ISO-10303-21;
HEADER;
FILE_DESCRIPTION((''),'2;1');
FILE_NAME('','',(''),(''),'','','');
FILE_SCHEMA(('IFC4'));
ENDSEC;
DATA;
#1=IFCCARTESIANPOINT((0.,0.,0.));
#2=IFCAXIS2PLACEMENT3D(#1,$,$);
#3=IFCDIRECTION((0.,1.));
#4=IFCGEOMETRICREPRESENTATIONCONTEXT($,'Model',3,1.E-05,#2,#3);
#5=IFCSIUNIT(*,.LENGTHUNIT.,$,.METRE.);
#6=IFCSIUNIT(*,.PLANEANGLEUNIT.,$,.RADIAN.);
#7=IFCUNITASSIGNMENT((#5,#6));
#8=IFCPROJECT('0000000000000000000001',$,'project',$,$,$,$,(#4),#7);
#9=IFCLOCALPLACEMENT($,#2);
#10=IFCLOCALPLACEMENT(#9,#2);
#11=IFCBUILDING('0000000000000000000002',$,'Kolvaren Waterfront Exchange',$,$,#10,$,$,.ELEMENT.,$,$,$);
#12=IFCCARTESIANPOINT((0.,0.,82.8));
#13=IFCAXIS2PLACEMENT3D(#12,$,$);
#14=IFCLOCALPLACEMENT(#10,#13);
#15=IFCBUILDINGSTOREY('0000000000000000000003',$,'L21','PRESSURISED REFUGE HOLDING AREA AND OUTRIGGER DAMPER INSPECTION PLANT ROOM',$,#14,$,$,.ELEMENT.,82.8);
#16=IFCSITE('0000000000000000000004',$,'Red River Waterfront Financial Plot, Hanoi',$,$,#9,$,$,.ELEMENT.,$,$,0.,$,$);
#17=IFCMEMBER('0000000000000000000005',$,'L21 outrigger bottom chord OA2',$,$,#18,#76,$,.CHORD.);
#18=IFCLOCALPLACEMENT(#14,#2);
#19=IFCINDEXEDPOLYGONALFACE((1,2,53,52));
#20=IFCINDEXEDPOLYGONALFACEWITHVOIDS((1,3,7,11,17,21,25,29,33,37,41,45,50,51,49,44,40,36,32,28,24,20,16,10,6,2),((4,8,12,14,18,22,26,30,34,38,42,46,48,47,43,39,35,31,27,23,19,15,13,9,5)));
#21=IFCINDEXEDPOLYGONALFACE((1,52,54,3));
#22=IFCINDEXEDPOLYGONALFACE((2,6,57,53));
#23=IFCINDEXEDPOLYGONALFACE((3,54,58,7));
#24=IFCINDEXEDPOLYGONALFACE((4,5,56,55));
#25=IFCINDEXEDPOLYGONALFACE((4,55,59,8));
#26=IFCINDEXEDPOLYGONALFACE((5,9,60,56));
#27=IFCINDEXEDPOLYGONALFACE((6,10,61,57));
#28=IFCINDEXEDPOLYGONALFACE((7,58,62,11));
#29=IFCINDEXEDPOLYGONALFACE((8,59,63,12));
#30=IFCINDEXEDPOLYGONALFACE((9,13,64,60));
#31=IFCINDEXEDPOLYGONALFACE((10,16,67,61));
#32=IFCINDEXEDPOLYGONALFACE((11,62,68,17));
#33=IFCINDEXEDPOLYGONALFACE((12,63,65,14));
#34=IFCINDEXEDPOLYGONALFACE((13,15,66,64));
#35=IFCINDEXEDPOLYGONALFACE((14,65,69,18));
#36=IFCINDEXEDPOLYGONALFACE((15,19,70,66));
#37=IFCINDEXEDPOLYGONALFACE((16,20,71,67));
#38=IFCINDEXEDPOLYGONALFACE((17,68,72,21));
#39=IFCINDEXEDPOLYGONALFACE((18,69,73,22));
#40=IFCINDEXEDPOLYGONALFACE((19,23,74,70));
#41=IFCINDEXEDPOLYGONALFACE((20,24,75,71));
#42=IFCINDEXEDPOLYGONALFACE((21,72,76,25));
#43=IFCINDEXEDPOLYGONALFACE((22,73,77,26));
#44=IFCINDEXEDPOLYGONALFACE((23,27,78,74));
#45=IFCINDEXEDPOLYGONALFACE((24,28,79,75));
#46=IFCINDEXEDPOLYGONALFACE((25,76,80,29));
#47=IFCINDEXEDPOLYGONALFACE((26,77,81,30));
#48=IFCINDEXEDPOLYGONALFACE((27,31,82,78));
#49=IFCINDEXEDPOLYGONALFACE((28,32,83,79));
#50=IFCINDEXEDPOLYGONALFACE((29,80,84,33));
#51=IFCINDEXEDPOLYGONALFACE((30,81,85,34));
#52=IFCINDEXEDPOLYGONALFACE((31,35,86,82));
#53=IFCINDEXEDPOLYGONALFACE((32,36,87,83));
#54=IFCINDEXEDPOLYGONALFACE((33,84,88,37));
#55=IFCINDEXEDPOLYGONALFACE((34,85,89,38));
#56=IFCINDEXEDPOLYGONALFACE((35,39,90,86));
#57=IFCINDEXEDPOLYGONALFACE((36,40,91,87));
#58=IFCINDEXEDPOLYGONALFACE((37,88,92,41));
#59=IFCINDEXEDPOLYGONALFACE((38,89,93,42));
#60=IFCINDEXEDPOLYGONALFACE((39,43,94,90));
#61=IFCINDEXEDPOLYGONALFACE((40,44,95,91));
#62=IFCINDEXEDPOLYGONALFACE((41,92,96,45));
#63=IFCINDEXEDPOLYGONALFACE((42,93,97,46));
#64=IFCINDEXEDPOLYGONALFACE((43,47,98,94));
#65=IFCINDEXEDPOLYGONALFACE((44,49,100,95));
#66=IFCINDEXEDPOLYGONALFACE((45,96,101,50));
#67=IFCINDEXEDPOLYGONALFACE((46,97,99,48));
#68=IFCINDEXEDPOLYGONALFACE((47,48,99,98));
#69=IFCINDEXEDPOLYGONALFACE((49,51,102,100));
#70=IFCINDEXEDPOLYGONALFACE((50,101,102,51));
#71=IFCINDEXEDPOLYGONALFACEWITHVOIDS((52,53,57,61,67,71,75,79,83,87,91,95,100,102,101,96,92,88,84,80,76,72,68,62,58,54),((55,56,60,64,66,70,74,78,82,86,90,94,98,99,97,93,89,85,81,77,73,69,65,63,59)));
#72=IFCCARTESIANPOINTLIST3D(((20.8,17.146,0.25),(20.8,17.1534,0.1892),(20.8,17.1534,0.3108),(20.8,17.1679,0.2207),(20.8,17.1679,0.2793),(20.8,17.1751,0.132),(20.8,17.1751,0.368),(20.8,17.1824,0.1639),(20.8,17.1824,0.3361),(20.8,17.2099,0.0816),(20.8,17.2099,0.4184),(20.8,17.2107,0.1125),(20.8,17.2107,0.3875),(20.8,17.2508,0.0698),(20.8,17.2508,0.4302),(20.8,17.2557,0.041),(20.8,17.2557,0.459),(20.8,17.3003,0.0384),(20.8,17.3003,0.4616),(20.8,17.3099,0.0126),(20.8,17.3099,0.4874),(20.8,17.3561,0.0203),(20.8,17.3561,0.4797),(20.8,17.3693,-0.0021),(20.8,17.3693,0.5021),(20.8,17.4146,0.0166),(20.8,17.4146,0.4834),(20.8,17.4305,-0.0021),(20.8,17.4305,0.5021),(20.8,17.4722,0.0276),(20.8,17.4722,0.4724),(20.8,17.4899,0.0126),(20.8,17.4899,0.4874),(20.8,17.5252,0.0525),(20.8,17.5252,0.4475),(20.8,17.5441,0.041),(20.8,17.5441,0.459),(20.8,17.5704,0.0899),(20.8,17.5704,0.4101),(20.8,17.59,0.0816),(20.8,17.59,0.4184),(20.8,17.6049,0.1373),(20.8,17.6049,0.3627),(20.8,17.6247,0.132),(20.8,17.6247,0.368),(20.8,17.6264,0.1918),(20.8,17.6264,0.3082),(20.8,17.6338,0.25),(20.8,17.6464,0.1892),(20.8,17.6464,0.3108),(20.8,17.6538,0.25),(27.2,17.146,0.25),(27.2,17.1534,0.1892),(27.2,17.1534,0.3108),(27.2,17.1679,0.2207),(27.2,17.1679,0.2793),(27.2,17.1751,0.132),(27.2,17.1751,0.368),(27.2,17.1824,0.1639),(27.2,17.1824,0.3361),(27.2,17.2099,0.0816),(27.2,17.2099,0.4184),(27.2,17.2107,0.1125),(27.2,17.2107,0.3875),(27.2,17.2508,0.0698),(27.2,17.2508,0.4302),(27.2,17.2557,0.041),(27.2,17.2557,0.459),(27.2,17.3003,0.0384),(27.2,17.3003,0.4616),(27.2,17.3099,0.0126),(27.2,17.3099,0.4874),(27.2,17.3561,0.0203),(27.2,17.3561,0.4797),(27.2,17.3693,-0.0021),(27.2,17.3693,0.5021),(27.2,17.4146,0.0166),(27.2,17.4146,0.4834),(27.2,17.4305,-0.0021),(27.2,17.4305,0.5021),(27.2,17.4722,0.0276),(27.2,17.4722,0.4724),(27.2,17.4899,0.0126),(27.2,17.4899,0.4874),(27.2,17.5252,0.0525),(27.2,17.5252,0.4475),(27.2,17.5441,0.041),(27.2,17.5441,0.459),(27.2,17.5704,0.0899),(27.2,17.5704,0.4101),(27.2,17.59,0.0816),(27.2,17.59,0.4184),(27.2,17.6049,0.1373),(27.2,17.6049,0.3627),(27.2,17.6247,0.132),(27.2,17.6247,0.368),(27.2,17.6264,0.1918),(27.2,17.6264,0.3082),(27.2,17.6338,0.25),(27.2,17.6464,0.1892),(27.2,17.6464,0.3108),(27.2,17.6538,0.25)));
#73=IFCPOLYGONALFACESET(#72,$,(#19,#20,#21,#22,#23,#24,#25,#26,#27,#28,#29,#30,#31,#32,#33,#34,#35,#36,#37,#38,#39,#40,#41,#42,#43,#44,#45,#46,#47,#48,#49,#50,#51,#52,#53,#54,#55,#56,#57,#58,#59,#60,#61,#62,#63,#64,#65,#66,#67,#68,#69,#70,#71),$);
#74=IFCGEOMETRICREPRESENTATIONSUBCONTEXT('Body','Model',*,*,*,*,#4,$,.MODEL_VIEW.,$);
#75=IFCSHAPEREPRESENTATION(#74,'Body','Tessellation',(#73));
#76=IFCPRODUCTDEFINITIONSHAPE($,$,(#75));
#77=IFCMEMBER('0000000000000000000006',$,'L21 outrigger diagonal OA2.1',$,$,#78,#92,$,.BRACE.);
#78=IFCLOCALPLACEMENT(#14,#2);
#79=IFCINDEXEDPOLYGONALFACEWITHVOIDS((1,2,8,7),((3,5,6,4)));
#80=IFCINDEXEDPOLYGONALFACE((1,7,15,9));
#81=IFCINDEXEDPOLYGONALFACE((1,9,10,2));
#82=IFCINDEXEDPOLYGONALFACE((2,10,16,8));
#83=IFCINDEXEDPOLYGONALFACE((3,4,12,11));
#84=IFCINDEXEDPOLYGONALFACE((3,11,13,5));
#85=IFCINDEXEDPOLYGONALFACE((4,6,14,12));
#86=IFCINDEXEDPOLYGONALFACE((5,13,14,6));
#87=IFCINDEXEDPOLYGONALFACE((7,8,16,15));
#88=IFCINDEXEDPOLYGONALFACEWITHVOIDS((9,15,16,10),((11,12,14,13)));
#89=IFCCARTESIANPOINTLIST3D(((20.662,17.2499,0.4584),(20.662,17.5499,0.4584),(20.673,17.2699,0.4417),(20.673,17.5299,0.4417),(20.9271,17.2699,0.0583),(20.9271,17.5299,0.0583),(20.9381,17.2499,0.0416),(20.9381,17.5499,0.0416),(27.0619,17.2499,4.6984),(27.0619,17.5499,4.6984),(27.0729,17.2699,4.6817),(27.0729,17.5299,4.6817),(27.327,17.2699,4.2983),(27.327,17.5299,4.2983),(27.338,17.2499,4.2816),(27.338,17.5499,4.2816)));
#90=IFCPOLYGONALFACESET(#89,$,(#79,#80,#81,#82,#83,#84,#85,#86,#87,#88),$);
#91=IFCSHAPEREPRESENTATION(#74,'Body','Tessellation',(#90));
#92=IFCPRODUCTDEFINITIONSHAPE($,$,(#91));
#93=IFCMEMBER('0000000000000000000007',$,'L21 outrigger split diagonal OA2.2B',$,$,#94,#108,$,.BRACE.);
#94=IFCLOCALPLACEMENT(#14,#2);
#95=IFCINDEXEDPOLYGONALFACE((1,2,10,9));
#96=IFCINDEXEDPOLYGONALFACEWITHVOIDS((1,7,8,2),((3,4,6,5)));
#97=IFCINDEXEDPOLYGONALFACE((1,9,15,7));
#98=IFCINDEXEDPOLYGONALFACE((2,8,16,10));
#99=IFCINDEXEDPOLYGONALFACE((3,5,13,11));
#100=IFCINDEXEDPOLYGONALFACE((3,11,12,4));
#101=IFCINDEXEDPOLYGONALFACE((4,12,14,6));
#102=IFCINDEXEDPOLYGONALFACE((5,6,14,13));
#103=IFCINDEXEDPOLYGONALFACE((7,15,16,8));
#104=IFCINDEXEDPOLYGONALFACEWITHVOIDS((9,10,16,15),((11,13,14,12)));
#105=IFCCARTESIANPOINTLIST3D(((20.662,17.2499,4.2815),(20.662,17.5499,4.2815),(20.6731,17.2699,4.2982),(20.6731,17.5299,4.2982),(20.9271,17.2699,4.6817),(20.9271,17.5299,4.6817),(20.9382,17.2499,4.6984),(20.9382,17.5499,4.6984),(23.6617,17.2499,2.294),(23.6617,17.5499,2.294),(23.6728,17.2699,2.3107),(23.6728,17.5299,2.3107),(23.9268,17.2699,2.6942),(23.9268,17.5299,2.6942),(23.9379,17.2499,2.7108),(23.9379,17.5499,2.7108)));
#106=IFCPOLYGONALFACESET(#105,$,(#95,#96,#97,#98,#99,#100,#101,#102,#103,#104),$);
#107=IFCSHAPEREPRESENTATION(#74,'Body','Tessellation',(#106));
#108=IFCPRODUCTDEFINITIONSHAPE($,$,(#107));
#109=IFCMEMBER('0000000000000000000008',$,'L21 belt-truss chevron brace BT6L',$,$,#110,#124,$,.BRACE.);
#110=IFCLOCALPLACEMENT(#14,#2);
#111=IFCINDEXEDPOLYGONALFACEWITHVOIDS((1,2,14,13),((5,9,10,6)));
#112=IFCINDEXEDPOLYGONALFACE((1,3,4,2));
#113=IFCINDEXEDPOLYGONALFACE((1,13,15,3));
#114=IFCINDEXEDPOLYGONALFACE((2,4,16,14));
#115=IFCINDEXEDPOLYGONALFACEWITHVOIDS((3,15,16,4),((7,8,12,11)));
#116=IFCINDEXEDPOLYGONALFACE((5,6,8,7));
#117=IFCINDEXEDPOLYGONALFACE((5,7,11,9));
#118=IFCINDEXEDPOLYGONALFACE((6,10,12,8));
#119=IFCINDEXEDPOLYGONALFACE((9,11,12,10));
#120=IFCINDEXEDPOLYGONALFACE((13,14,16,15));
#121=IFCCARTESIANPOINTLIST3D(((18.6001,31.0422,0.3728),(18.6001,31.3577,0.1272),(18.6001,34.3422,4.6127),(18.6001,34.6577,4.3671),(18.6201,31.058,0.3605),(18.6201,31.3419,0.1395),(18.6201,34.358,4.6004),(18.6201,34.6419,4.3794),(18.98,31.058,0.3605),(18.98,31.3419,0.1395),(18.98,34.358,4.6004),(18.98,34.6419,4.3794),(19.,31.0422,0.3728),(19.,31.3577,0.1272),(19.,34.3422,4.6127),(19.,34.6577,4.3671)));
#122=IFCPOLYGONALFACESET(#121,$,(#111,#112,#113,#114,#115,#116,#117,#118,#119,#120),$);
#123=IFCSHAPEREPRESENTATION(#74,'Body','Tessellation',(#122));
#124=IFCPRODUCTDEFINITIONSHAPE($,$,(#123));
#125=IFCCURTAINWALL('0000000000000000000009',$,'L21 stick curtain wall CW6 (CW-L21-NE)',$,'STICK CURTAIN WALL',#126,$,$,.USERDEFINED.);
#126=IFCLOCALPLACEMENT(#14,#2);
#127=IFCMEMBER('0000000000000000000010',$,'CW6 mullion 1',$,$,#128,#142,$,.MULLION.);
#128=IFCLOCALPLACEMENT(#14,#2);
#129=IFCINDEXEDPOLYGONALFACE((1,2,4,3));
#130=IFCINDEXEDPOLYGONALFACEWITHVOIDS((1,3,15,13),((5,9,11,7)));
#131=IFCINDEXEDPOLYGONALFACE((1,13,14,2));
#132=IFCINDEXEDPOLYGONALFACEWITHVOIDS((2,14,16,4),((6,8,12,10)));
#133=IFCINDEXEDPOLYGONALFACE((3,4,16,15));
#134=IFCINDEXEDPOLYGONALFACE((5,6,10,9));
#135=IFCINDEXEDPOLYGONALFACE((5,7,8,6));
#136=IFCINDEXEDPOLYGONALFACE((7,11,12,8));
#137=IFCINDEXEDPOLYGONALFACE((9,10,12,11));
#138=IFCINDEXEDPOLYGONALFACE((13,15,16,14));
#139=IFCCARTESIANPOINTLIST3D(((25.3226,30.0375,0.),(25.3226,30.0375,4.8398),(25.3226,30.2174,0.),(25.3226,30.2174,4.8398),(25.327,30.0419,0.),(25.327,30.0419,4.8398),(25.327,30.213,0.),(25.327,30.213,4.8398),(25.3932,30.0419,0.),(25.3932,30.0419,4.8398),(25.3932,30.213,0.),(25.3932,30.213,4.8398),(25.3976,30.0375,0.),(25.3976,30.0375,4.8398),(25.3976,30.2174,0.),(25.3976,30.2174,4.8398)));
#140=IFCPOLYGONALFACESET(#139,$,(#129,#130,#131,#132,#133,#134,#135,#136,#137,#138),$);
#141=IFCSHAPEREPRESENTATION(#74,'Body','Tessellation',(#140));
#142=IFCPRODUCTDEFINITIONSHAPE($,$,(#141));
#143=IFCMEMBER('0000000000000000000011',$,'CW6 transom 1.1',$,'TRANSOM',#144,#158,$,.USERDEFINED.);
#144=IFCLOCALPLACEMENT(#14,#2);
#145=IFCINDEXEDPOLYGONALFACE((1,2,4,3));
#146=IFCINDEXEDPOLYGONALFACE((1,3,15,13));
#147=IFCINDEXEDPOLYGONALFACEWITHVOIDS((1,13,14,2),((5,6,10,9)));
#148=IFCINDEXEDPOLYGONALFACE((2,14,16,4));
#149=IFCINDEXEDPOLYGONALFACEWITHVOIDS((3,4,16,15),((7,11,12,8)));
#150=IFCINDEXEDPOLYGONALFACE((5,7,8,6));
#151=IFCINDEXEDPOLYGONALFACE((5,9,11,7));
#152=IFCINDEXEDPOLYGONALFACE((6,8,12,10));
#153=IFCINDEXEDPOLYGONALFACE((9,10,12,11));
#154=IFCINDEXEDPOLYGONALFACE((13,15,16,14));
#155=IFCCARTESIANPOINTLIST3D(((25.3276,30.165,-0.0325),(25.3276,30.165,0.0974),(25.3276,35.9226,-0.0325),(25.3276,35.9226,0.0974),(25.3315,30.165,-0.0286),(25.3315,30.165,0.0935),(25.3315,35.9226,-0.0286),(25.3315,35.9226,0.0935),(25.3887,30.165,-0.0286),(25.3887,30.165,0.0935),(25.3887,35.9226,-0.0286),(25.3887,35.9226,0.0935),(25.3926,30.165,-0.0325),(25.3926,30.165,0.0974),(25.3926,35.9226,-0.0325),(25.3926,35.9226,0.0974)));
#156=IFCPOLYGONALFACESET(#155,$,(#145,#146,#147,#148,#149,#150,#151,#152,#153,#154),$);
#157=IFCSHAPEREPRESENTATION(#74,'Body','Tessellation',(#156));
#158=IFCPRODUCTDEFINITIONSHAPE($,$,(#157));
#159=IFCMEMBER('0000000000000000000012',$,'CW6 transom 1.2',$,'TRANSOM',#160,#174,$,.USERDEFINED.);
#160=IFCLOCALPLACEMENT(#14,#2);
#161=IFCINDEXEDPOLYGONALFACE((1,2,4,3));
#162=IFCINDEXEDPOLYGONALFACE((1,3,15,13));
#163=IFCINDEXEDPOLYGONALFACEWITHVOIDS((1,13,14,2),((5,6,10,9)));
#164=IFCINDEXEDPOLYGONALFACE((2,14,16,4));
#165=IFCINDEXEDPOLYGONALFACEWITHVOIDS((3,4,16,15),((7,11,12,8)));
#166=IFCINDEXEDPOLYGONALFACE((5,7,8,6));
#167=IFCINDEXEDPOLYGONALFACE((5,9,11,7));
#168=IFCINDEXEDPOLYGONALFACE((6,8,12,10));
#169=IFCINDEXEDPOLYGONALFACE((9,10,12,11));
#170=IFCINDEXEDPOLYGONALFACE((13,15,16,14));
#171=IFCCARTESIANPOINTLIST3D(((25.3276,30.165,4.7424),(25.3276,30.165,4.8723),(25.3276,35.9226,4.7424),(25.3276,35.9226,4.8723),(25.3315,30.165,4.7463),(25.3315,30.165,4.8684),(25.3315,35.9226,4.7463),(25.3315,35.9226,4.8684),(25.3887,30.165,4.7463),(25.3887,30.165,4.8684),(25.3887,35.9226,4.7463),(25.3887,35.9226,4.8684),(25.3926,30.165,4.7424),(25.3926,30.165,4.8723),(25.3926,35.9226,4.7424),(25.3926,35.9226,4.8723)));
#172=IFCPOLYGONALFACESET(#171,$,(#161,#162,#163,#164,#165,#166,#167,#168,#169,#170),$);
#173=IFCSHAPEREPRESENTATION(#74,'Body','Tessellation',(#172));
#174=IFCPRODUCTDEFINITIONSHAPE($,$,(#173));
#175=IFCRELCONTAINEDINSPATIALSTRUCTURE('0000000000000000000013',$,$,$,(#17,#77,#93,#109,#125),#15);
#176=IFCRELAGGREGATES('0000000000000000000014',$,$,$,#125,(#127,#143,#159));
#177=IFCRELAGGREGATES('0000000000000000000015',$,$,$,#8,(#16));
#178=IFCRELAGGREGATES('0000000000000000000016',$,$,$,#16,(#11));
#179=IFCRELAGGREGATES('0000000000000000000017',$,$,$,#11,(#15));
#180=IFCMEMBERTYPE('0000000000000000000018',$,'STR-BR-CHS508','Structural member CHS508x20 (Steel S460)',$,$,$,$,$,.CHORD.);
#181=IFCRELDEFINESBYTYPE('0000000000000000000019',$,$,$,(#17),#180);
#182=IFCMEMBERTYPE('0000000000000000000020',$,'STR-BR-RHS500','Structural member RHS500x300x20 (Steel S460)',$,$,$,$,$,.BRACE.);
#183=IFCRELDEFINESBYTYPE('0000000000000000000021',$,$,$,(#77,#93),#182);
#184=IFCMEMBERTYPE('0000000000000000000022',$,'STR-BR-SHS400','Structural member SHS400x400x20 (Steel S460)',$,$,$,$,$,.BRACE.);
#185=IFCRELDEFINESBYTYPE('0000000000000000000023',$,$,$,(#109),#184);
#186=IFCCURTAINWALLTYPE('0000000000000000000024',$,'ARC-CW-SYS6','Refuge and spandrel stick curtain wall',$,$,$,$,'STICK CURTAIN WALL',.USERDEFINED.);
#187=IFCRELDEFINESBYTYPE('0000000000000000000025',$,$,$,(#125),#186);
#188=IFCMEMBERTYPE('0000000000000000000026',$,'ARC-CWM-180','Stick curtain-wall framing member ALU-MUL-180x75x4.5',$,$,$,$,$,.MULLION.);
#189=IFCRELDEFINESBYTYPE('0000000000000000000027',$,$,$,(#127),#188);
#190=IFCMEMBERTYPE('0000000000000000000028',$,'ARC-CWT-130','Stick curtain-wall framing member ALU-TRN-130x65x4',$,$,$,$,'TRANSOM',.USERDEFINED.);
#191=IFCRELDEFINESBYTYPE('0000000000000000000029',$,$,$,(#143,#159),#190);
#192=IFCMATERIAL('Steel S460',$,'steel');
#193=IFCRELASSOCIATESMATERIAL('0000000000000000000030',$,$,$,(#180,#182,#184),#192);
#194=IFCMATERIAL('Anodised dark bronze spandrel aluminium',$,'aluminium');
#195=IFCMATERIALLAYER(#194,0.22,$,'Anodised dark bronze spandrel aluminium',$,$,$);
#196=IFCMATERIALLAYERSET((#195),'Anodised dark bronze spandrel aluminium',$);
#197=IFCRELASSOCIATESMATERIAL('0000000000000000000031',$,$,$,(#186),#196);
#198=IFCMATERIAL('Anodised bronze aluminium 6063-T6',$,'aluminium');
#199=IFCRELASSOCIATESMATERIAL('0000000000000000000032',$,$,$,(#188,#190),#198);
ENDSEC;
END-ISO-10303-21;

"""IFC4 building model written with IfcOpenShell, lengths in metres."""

from ifc_helpers import new_model, si_unit, direction, frame, origin, origin_with_axes, origin_2d, place, context, subcontext, project, spatial, hollow_rectangle, hollow_circle, extrude, source, transform, mapped, material, layer, layer_set, material_profile, profile_set, type_object, element, aggregate, save


model = new_model("IFC4")

# Units and contexts
model_context = context("Model", 3, precision=1e-05, world=origin(), true_north=direction((0.0, 1.0)))
body_context = subcontext(model_context, "Body", "Model", "MODEL_VIEW")
ifc_project = project(units=[si_unit("LENGTHUNIT", "METRE"), si_unit("PLANEANGLEUNIT", "RADIAN")], contexts=[model_context])

# Site, building, storey
site_placement = place(None, origin())
site = spatial("IfcSite", under=ifc_project, at=site_placement, Name="Red River Waterfront Financial Plot, Hanoi", CompositionType="ELEMENT", RefElevation=0.0)
building_placement = place(site_placement, origin())
building = spatial("IfcBuilding", under=site, at=building_placement, Name="Kolvaren Waterfront Exchange", CompositionType="ELEMENT")
storey_placement = place(building_placement, frame((0.0, 0.0, 82.8)))
storey = spatial("IfcBuildingStorey", under=building, at=storey_placement, Name="L21", Description="PRESSURISED REFUGE HOLDING AREA AND OUTRIGGER DAMPER INSPECTION PLANT ROOM", CompositionType="ELEMENT", Elevation=82.8)

# Members
ifc_material_1 = material(Name="Steel S460", Category="steel")
ifc_material_profile_1 = material_profile(ifc_material_1, hollow_circle(Radius=0.2539, WallThickness=0.02, at=origin_2d()), Name="CHS508x20")
ifc_profile_set_1 = profile_set([ifc_material_profile_1], Name="Steel S460")
member_type_1 = type_object("IfcMemberType", Name="STR-BR-CHS508", Description="Structural member CHS508x20 (Steel S460)", PredefinedType="CHORD", material=ifc_profile_set_1)
member_1_placement = place(storey_placement, frame((20.8, 17.3999, 0.25), z_axis=(1.0, 0.0, 0.0), x_axis=(0.0, 1.0, 0.0)))
element("IfcMember", 1, at=member_1_placement, inside=storey, type_object=member_type_1, Name="L21 outrigger bottom chord OA2", PredefinedType="CHORD", context=body_context, shape_type="SweptSolid", body=[
    extrude(hollow_circle(Radius=0.2539, WallThickness=0.02, at=origin_2d()), origin(), (0.0, 0.0, 1.0), 6.3999),
])
ifc_material_profile_2 = material_profile(ifc_material_1, hollow_rectangle(XDim=0.3, YDim=0.5, WallThickness=0.02, at=origin_2d()), Name="RHS500x300x20")
ifc_profile_set_2 = profile_set([ifc_material_profile_2], Name="Steel S460")
member_type_2 = type_object("IfcMemberType", Name="STR-BR-RHS500", Description="Structural member RHS500x300x20 (Steel S460)", PredefinedType="BRACE", material=ifc_profile_set_2)
member_2_placement = place(storey_placement, frame((20.8, 17.3999, 0.25), z_axis=(0.833647, 0.0, 0.552298), x_axis=(0.0, 1.0, 0.0)))
element("IfcMember", 2, at=member_2_placement, inside=storey, type_object=member_type_2, Name="L21 outrigger diagonal OA2.1", PredefinedType="BRACE", context=body_context, shape_type="SweptSolid", body=[
    extrude(hollow_rectangle(XDim=0.3, YDim=0.5, WallThickness=0.02, at=origin_2d()), origin(), (0.0, 0.0, 1.0), 7.677),
])
member_3_placement = place(storey_placement, frame((23.7998, 17.3999, 2.5024), z_axis=(-0.833623, 0.0, 0.552334), x_axis=(0.0, -1.0, 0.0)))
element("IfcMember", 3, at=member_3_placement, inside=storey, type_object=member_type_2, Name="L21 outrigger split diagonal OA2.2B", PredefinedType="BRACE", context=body_context, shape_type="SweptSolid", body=[
    extrude(hollow_rectangle(XDim=0.3, YDim=0.5, WallThickness=0.02, at=origin_2d()), origin(), (0.0, 0.0, 1.0), 3.5984),
])
ifc_material_profile_3 = material_profile(ifc_material_1, hollow_rectangle(XDim=0.3999, YDim=0.3999, WallThickness=0.02, at=origin_2d()), Name="SHS400x400x20")
ifc_profile_set_3 = profile_set([ifc_material_profile_3], Name="Steel S460")
member_type_3 = type_object("IfcMemberType", Name="STR-BR-SHS400", Description="Structural member SHS400x400x20 (Steel S460)", PredefinedType="BRACE", material=ifc_profile_set_3)
member_4_placement = place(storey_placement, frame((18.8, 31.2, 0.25), z_axis=(0.0, 0.614205, 0.789147), x_axis=(-1.0, 0.0, 0.0)))
element("IfcMember", 4, at=member_4_placement, inside=storey, type_object=member_type_3, Name="L21 belt-truss chevron brace BT6L", PredefinedType="BRACE", context=body_context, shape_type="SweptSolid", body=[
    extrude(hollow_rectangle(XDim=0.3999, YDim=0.3999, WallThickness=0.02, at=origin_2d()), origin(), (0.0, 0.0, 1.0), 5.3728),
])

# Curtain wall, members
ifc_material_2 = material(Name="Anodised dark bronze spandrel aluminium", Category="aluminium")
ifc_layer_1 = layer(ifc_material_2, 0.22, Name="Anodised dark bronze spandrel aluminium")
ifc_layer_set_1 = layer_set([ifc_layer_1], Name="Anodised dark bronze spandrel aluminium")
curtain_wall_type = type_object("IfcCurtainWallType", Name="ARC-CW-SYS6", Description="Refuge and spandrel stick curtain wall", ElementType="STICK CURTAIN WALL", PredefinedType="USERDEFINED", material=ifc_layer_set_1)
curtain_wall_placement = place(storey_placement, origin())
curtain_wall = element("IfcCurtainWall", 5, at=curtain_wall_placement, inside=storey, type_object=curtain_wall_type, Name="L21 stick curtain wall CW6 (CW-L21-NE)", ObjectType="STICK CURTAIN WALL", PredefinedType="USERDEFINED")
ifc_material_3 = material(Name="Anodised bronze aluminium 6063-T6", Category="aluminium")
ifc_material_profile_4 = material_profile(ifc_material_3, hollow_rectangle(XDim=0.075, YDim=0.1799, WallThickness=0.0044, at=origin_2d()), Name="ALU-MUL-180x75x4.5")
ifc_profile_set_4 = profile_set([ifc_material_profile_4], Name="Anodised bronze aluminium 6063-T6")
member_type_4 = type_object("IfcMemberType", Name="ARC-CWM-180", Description="Stick curtain-wall framing member ALU-MUL-180x75x4.5", PredefinedType="MULLION", material=ifc_profile_set_4)
shared_shape_1 = source(origin_with_axes(), body_context, "Body", "SweptSolid", [
    extrude(hollow_rectangle(XDim=0.075, YDim=0.1799, WallThickness=0.0044, at=origin_2d()), origin(), (0.0, 0.0, 1.0), 4.8398),
])
member_5_placement = place(storey_placement, frame((25.3601, 30.1274, 0.0), z_axis=(0.0, 0.0, 1.0), x_axis=(-1.0, 0.0, 0.0)))
member_5 = element("IfcMember", 6, at=member_5_placement, type_object=member_type_4, Name="CW6 mullion 1", PredefinedType="MULLION", context=body_context, shape_type="MappedRepresentation", body=[
    mapped(shared_shape_1, transform((0.0, 0.0, 0.0), x_axis=(1.0, 0.0, 0.0), y_axis=(0.0, 1.0, 0.0), z_axis=(0.0, 0.0, 1.0), scale=1.0)),
])
ifc_material_profile_5 = material_profile(ifc_material_3, hollow_rectangle(XDim=0.0649, YDim=0.1299, WallThickness=0.0039, at=origin_2d()), Name="ALU-TRN-130x65x4")
ifc_profile_set_5 = profile_set([ifc_material_profile_5], Name="Anodised bronze aluminium 6063-T6")
member_type_5 = type_object("IfcMemberType", Name="ARC-CWT-130", Description="Stick curtain-wall framing member ALU-TRN-130x65x4", ElementType="TRANSOM", PredefinedType="USERDEFINED", material=ifc_profile_set_5)
shared_shape_2 = source(origin_with_axes(), body_context, "Body", "SweptSolid", [
    extrude(hollow_rectangle(XDim=0.0649, YDim=0.1299, WallThickness=0.0039, at=origin_2d()), origin(), (0.0, 0.0, 1.0), 5.7576),
])
member_6_placement = place(storey_placement, frame((25.3601, 30.165, 0.0325), z_axis=(0.0, 1.0, 0.0), x_axis=(-1.0, 0.0, 0.0)))
member_6 = element("IfcMember", 7, at=member_6_placement, type_object=member_type_5, Name="CW6 transom 1.1", ObjectType="TRANSOM", PredefinedType="USERDEFINED", context=body_context, shape_type="MappedRepresentation", body=[
    mapped(shared_shape_2, transform((0.0, 0.0, 0.0), x_axis=(1.0, 0.0, 0.0), y_axis=(0.0, 1.0, 0.0), z_axis=(0.0, 0.0, 1.0), scale=1.0)),
])
member_7_placement = place(storey_placement, frame((25.3601, 30.165, 4.8074), z_axis=(0.0, 1.0, 0.0), x_axis=(-1.0, 0.0, 0.0)))
member_7 = element("IfcMember", 8, at=member_7_placement, type_object=member_type_5, Name="CW6 transom 1.2", ObjectType="TRANSOM", PredefinedType="USERDEFINED", context=body_context, shape_type="MappedRepresentation", body=[
    mapped(shared_shape_2, transform((0.0, 0.0, 0.0), x_axis=(1.0, 0.0, 0.0), y_axis=(0.0, 1.0, 0.0), z_axis=(0.0, 0.0, 1.0), scale=1.0)),
])

aggregate(curtain_wall, [member_5, member_6, member_7])

save(model, "model.ifc")
